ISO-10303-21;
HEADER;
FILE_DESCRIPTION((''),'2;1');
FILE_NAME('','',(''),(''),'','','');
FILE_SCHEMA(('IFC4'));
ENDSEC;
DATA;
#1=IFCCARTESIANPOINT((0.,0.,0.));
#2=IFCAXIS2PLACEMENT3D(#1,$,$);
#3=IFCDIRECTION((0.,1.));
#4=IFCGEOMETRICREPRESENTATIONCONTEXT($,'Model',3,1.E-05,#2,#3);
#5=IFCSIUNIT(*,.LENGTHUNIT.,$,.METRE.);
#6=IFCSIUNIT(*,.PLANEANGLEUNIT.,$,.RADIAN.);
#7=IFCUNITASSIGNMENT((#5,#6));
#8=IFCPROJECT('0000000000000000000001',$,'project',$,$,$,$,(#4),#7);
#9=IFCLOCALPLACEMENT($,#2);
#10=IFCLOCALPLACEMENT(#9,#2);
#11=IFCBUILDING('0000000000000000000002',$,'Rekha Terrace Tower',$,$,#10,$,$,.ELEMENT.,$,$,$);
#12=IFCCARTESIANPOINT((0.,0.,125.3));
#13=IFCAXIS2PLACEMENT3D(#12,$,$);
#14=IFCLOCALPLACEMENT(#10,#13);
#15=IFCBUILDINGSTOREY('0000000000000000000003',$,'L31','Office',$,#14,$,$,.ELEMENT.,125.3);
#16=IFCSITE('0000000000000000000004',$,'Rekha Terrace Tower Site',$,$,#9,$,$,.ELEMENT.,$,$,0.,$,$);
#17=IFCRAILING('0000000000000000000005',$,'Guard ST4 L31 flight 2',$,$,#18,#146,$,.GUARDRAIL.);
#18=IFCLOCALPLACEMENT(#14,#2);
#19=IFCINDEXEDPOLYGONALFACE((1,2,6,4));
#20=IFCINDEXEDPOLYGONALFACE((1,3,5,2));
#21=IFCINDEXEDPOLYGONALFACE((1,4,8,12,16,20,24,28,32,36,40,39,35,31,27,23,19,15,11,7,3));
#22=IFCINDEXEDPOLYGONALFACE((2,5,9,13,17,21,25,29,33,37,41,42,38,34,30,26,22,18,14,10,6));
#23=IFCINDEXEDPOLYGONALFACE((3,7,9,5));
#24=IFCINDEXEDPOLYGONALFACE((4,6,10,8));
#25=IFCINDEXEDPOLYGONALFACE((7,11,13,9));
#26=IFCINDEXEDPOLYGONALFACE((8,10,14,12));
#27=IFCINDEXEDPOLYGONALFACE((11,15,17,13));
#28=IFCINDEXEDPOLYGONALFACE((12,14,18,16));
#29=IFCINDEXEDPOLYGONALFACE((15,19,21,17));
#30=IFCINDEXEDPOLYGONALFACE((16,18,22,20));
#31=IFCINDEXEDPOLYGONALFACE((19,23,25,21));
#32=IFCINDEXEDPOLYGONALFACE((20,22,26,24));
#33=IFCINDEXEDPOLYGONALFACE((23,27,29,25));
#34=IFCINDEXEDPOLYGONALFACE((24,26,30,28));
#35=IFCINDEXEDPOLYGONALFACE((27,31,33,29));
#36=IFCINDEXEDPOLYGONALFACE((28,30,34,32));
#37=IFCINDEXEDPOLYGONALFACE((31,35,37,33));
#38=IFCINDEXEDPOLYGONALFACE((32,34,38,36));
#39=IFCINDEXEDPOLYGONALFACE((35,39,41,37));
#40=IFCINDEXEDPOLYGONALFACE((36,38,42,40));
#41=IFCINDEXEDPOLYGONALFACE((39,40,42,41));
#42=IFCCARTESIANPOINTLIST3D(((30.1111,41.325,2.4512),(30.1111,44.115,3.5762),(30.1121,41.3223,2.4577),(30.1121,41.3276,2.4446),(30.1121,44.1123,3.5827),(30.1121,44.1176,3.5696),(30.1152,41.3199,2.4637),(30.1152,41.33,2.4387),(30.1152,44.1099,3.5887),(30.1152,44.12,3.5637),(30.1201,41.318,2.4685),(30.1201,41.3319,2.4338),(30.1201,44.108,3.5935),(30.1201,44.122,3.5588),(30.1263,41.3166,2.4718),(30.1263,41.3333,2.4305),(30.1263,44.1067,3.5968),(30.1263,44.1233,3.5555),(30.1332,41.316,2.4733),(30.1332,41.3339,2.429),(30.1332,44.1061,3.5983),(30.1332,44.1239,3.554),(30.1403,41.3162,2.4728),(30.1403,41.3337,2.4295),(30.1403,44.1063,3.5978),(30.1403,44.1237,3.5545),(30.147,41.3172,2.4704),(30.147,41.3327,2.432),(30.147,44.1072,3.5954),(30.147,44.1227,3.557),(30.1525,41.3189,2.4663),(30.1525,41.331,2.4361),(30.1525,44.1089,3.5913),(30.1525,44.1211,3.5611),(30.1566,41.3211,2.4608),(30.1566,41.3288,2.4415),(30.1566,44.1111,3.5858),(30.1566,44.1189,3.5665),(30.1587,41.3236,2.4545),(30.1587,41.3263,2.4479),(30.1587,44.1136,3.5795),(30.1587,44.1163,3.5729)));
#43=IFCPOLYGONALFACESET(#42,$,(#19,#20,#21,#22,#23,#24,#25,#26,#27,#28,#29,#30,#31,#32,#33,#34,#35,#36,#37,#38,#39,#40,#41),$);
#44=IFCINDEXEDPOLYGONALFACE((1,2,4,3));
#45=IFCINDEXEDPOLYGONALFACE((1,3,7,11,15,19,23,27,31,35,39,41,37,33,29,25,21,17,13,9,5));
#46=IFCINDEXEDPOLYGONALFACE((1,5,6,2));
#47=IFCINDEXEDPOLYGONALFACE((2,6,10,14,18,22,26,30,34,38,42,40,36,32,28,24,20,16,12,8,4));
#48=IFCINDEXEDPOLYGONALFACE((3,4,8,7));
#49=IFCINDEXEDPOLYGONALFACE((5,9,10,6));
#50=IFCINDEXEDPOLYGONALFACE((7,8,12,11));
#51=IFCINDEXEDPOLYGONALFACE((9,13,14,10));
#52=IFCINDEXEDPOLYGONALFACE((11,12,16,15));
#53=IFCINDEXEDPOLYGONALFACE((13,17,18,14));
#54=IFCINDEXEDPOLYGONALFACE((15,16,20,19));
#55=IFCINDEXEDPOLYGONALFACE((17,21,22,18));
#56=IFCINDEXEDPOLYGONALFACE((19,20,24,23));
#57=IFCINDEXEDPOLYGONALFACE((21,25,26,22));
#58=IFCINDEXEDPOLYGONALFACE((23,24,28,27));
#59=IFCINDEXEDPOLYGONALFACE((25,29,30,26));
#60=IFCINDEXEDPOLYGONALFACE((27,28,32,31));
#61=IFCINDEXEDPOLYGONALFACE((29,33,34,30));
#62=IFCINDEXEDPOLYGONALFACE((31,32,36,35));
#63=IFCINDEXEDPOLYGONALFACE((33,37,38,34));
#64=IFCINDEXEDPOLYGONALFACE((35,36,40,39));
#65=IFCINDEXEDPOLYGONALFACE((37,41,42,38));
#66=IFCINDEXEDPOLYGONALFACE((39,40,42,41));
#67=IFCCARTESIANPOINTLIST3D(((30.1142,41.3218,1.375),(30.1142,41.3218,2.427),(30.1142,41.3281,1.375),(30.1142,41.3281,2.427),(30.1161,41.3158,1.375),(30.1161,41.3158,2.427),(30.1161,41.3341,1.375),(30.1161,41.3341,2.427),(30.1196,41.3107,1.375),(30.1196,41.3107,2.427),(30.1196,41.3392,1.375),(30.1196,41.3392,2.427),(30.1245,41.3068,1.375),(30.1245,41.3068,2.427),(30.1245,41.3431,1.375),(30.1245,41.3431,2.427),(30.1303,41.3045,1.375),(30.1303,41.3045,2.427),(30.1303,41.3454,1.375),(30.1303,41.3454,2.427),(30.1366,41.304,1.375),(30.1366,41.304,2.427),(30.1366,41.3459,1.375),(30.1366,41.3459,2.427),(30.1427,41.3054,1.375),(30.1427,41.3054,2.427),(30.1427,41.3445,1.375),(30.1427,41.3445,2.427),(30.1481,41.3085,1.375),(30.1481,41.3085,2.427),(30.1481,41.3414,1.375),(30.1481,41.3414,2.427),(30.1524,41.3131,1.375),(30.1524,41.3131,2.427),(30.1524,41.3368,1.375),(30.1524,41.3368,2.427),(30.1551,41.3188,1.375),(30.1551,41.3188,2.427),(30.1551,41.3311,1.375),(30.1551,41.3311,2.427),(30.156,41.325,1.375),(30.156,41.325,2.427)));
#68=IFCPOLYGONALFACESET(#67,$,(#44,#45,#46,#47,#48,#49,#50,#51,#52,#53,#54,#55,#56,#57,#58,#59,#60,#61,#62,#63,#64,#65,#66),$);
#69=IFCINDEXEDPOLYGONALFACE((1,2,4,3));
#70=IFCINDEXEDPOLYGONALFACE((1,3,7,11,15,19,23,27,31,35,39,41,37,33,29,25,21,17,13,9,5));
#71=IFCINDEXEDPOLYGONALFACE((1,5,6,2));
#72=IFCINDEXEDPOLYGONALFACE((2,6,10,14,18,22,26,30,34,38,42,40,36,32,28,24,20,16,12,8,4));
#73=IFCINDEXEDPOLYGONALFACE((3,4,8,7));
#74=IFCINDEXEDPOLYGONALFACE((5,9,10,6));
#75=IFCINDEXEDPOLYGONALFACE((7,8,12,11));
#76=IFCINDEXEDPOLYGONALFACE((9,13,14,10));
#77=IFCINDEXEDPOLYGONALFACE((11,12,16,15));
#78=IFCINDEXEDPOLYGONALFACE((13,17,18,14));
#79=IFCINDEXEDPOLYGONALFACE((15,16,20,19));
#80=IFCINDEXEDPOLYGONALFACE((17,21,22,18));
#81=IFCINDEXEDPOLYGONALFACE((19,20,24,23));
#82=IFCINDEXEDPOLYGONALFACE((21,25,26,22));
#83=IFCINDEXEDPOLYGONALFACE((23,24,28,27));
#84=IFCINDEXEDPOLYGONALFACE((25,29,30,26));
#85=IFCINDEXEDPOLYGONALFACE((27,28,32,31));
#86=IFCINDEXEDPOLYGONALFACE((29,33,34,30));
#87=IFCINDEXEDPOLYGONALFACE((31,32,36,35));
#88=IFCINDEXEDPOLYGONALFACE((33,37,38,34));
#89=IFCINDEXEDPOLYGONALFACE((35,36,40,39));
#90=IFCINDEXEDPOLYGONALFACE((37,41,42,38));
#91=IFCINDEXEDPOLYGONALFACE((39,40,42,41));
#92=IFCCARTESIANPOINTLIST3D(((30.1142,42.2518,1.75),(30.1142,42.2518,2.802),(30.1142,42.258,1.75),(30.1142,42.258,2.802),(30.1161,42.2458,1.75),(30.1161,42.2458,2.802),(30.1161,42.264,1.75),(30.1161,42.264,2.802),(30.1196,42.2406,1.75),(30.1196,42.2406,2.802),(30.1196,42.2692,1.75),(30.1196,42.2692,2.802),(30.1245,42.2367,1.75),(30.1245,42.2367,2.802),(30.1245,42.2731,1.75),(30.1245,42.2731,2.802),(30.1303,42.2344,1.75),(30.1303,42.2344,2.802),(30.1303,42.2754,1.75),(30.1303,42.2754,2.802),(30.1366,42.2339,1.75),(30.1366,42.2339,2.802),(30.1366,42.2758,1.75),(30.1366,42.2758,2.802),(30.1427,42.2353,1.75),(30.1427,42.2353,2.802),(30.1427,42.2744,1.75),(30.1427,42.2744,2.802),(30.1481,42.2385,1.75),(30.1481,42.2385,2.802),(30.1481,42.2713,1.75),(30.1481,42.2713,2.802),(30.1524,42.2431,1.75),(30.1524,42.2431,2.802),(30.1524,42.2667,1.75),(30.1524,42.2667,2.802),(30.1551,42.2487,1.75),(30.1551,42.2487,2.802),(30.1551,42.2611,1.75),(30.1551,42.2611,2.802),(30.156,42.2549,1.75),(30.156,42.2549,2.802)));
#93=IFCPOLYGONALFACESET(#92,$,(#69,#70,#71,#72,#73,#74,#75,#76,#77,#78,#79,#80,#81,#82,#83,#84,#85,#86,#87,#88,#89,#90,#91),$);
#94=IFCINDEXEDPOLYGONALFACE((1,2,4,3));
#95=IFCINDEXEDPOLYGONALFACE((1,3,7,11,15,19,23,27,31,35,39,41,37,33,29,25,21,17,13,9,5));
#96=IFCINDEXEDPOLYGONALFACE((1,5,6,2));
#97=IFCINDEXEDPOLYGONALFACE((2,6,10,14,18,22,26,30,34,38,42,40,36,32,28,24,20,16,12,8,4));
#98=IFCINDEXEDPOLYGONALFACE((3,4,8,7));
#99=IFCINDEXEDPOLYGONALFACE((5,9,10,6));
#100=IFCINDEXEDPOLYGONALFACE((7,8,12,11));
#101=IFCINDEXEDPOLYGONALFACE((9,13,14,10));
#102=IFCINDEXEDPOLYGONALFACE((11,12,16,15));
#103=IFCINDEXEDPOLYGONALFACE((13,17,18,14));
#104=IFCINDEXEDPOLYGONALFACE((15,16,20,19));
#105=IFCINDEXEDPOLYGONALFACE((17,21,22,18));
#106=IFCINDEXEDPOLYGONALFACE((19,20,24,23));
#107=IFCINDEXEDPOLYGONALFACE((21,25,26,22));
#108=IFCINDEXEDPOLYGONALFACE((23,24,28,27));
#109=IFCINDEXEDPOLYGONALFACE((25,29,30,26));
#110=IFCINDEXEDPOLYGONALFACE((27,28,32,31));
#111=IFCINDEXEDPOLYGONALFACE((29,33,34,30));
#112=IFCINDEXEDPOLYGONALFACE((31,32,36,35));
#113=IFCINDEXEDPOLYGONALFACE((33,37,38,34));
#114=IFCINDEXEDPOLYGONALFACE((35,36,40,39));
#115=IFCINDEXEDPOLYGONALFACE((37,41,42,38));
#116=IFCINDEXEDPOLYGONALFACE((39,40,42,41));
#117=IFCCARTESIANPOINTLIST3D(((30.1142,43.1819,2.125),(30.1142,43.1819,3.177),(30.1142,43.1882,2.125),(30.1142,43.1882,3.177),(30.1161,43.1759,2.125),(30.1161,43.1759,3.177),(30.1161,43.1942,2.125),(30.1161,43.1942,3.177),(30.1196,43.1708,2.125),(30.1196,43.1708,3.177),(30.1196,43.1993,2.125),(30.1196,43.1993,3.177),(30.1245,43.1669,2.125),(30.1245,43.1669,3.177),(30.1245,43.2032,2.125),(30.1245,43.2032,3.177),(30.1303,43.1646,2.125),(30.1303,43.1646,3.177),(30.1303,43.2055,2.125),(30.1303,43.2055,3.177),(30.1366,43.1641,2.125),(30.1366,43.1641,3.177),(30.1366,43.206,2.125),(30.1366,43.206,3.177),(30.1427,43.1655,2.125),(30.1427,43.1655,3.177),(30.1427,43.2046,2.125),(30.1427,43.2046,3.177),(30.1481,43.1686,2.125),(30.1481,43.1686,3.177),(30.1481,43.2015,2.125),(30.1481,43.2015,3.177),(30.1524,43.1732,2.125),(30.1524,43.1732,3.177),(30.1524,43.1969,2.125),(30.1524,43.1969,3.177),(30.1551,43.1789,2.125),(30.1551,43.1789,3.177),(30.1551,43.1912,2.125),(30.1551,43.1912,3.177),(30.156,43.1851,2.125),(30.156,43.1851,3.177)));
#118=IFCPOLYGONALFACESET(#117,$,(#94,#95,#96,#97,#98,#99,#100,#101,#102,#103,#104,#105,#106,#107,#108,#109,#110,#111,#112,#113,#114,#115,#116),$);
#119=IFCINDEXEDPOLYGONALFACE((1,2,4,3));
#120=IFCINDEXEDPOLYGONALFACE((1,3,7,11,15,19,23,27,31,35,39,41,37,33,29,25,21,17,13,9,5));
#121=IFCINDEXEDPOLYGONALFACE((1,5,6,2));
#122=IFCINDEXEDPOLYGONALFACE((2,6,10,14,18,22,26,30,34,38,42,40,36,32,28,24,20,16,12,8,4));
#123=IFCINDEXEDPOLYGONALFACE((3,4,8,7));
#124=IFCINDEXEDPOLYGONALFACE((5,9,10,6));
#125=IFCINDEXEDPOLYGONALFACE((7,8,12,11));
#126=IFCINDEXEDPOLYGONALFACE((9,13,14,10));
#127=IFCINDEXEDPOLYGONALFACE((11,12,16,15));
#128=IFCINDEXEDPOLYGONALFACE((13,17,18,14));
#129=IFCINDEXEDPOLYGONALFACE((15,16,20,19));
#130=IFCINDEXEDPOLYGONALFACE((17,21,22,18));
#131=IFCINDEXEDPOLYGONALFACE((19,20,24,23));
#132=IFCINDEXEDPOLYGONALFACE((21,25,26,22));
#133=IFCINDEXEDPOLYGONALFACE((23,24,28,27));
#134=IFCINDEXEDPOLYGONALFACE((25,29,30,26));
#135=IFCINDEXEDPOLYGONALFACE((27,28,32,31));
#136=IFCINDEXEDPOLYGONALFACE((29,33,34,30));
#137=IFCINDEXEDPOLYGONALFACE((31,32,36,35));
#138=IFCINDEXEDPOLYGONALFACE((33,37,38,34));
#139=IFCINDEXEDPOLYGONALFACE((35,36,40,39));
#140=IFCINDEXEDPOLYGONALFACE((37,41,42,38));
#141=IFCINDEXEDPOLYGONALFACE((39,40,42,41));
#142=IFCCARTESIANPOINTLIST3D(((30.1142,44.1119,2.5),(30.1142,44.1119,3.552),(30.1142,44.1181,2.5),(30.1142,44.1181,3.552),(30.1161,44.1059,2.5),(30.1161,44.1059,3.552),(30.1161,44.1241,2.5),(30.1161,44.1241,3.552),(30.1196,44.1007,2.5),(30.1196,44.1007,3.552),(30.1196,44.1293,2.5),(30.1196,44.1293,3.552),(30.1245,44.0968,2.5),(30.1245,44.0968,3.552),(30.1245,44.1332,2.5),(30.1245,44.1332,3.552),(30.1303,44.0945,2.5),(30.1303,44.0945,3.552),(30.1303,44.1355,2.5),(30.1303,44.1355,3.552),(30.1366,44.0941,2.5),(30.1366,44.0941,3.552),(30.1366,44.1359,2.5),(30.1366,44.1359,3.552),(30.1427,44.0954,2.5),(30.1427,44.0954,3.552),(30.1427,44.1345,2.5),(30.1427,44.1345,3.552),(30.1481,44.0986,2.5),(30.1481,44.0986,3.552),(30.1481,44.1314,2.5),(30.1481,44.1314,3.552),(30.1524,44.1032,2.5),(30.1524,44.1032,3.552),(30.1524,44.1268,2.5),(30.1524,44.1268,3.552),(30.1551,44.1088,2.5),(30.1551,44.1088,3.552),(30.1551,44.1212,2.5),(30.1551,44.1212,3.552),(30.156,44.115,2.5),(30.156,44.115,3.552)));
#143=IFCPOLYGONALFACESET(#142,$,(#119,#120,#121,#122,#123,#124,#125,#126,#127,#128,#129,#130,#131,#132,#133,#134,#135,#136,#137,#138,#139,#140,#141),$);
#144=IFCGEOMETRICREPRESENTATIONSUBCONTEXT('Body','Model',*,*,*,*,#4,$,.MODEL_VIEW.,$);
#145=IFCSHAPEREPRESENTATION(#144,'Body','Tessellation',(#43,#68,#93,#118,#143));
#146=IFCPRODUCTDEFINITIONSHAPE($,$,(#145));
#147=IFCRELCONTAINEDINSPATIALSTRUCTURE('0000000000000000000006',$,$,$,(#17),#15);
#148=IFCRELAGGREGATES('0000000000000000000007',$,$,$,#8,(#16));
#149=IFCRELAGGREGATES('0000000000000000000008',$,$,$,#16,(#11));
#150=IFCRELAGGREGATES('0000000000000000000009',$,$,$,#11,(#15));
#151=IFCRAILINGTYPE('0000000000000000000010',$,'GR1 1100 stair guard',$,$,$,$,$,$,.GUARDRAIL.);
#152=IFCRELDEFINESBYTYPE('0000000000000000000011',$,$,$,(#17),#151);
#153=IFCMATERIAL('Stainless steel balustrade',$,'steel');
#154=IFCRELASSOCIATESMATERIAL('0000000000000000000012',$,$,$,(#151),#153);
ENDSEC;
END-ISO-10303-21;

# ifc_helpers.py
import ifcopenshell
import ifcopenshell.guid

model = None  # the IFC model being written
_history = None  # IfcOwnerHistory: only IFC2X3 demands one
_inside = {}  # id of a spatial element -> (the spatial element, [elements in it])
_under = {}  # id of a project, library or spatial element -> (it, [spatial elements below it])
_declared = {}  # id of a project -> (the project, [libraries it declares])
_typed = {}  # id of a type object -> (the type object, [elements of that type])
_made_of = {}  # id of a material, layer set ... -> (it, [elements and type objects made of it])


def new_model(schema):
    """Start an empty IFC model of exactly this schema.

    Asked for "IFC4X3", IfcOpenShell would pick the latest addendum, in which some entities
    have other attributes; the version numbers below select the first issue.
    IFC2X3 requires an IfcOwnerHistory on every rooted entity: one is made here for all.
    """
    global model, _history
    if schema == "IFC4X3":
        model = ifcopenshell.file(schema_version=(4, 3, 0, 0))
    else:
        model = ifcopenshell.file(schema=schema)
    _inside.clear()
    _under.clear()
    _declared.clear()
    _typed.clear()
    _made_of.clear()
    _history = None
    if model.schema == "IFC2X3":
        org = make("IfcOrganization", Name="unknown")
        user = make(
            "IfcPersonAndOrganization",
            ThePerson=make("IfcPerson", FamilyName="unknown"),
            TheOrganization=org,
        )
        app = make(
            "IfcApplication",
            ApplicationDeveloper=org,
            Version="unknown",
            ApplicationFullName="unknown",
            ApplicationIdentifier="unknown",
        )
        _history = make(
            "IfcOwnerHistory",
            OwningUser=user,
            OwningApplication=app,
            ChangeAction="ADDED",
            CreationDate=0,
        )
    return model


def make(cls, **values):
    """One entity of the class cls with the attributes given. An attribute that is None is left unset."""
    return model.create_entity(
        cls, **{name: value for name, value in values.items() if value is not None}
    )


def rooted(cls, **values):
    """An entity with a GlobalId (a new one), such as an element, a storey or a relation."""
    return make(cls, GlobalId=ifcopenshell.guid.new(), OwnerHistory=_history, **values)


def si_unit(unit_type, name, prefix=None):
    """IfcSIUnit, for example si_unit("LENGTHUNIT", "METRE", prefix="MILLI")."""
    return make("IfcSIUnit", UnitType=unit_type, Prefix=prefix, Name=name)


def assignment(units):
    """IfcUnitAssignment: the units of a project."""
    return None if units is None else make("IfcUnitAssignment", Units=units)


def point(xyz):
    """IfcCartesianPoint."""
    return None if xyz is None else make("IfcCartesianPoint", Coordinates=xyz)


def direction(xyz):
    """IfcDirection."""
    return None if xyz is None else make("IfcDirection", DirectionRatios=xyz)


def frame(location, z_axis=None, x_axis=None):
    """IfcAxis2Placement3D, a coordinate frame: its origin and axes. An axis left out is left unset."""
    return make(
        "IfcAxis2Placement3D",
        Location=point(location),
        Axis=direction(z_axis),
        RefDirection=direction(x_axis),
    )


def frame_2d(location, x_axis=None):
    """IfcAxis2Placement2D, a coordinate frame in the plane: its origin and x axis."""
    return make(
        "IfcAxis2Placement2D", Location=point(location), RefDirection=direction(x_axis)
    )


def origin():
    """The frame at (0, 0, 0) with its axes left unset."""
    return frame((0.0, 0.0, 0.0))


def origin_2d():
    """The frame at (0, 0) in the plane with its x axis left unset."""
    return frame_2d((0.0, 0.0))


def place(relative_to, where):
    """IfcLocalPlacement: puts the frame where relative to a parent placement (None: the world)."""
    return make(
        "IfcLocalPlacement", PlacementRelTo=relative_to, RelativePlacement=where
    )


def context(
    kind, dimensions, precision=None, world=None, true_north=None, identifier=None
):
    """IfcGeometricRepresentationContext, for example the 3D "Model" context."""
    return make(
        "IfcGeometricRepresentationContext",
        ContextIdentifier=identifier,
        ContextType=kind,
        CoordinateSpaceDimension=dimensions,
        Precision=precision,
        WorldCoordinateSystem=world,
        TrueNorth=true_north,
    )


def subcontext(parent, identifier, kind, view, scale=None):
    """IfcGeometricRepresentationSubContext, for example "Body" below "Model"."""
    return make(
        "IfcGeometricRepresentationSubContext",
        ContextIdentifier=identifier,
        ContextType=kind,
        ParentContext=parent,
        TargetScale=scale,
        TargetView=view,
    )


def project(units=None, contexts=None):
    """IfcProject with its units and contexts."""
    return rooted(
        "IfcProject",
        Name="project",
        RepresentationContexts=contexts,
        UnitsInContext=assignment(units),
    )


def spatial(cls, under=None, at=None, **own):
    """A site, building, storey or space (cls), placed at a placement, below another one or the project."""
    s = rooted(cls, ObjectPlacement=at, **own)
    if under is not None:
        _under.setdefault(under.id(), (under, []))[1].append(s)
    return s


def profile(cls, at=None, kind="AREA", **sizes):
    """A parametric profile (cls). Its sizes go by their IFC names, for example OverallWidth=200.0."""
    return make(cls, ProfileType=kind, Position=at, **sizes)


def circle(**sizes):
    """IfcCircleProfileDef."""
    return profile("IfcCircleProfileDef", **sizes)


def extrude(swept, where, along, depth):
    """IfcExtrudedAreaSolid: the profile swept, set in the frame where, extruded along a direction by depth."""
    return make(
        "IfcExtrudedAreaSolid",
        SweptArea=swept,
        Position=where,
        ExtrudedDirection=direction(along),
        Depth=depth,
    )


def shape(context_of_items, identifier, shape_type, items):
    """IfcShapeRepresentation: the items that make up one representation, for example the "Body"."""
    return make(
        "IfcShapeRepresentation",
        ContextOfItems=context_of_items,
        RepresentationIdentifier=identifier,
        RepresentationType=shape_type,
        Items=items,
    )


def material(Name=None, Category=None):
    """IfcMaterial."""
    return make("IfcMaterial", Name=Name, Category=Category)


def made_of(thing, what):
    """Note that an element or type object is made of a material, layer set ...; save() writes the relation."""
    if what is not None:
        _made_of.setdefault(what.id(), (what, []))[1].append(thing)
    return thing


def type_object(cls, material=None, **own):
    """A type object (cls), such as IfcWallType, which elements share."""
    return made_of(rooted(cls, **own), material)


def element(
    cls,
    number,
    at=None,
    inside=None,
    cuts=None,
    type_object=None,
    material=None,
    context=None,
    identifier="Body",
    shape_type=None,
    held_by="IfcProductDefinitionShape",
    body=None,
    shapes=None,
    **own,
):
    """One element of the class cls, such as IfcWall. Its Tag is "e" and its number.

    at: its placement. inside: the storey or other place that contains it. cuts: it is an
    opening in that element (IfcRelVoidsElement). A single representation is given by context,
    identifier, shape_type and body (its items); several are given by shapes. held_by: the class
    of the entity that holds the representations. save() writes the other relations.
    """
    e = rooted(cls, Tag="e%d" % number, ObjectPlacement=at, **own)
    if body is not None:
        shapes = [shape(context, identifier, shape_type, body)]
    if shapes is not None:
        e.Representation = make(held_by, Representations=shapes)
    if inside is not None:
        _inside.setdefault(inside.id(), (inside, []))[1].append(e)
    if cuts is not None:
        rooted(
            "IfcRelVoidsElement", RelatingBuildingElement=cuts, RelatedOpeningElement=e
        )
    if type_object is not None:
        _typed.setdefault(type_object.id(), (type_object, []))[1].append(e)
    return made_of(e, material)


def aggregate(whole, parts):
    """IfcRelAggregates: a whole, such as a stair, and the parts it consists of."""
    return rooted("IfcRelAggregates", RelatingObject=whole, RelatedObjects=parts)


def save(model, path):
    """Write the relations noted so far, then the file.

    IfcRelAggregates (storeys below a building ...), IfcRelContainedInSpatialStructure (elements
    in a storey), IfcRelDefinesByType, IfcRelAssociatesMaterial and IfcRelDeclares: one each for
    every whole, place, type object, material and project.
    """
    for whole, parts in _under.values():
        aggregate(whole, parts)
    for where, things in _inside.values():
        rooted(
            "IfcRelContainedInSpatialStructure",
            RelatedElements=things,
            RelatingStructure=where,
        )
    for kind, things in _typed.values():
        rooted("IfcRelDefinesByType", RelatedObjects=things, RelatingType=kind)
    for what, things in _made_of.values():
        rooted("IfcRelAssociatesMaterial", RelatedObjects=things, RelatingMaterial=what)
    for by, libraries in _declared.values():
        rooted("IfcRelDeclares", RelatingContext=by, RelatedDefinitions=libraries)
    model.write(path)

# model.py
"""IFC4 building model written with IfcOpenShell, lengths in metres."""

from ifc_helpers import new_model, si_unit, direction, frame, origin, origin_2d, place, context, subcontext, project, spatial, circle, extrude, material, type_object, element, save


model = new_model("IFC4")

# Units and contexts
model_context = context("Model", 3, precision=1e-05, world=origin(), true_north=direction((0.0, 1.0)))
body_context = subcontext(model_context, "Body", "Model", "MODEL_VIEW")
ifc_project = project(units=[si_unit("LENGTHUNIT", "METRE"), si_unit("PLANEANGLEUNIT", "RADIAN")], contexts=[model_context])

# Site, building, storey
site_placement = place(None, origin())
site = spatial("IfcSite", under=ifc_project, at=site_placement, Name="Rekha Terrace Tower Site", CompositionType="ELEMENT", RefElevation=0.0)
building_placement = place(site_placement, origin())
building = spatial("IfcBuilding", under=site, at=building_placement, Name="Rekha Terrace Tower", CompositionType="ELEMENT")
storey_placement = place(building_placement, frame((0.0, 0.0, 125.3)))
storey = spatial("IfcBuildingStorey", under=building, at=storey_placement, Name="L31", Description="Office", CompositionType="ELEMENT", Elevation=125.3)

# Railing
ifc_material_1 = material(Name="Stainless steel balustrade", Category="steel")
railing_type_1 = type_object("IfcRailingType", Name="GR1 1100 stair guard", PredefinedType="GUARDRAIL", material=ifc_material_1)
railing_1_placement = place(storey_placement, frame((30.135, 41.325, 1.375)))
element("IfcRailing", 1, at=railing_1_placement, inside=storey, type_object=railing_type_1, Name="Guard ST4 L31 flight 2", PredefinedType="GUARDRAIL", context=body_context, shape_type="SweptSolid", body=[
    extrude(circle(Radius=0.0239, at=origin_2d()), frame((0.0, 0.0, 1.0762), z_axis=(0.0, 0.927443, 0.373964), x_axis=(-1.0, 0.0, 0.0)), (0.0, 0.0, 1.0), 3.0083),
    extrude(circle(Radius=0.021, at=origin_2d()), origin(), (0.0, 0.0, 1.0), 1.052),
    extrude(circle(Radius=0.021, at=origin_2d()), frame((0.0, 0.9299, 0.375)), (0.0, 0.0, 1.0), 1.052),
    extrude(circle(Radius=0.021, at=origin_2d()), frame((0.0, 1.8601, 0.75)), (0.0, 0.0, 1.0), 1.052),
    extrude(circle(Radius=0.021, at=origin_2d()), frame((0.0, 2.79, 1.125)), (0.0, 0.0, 1.0), 1.052),
])

save(model, "model.ifc")
